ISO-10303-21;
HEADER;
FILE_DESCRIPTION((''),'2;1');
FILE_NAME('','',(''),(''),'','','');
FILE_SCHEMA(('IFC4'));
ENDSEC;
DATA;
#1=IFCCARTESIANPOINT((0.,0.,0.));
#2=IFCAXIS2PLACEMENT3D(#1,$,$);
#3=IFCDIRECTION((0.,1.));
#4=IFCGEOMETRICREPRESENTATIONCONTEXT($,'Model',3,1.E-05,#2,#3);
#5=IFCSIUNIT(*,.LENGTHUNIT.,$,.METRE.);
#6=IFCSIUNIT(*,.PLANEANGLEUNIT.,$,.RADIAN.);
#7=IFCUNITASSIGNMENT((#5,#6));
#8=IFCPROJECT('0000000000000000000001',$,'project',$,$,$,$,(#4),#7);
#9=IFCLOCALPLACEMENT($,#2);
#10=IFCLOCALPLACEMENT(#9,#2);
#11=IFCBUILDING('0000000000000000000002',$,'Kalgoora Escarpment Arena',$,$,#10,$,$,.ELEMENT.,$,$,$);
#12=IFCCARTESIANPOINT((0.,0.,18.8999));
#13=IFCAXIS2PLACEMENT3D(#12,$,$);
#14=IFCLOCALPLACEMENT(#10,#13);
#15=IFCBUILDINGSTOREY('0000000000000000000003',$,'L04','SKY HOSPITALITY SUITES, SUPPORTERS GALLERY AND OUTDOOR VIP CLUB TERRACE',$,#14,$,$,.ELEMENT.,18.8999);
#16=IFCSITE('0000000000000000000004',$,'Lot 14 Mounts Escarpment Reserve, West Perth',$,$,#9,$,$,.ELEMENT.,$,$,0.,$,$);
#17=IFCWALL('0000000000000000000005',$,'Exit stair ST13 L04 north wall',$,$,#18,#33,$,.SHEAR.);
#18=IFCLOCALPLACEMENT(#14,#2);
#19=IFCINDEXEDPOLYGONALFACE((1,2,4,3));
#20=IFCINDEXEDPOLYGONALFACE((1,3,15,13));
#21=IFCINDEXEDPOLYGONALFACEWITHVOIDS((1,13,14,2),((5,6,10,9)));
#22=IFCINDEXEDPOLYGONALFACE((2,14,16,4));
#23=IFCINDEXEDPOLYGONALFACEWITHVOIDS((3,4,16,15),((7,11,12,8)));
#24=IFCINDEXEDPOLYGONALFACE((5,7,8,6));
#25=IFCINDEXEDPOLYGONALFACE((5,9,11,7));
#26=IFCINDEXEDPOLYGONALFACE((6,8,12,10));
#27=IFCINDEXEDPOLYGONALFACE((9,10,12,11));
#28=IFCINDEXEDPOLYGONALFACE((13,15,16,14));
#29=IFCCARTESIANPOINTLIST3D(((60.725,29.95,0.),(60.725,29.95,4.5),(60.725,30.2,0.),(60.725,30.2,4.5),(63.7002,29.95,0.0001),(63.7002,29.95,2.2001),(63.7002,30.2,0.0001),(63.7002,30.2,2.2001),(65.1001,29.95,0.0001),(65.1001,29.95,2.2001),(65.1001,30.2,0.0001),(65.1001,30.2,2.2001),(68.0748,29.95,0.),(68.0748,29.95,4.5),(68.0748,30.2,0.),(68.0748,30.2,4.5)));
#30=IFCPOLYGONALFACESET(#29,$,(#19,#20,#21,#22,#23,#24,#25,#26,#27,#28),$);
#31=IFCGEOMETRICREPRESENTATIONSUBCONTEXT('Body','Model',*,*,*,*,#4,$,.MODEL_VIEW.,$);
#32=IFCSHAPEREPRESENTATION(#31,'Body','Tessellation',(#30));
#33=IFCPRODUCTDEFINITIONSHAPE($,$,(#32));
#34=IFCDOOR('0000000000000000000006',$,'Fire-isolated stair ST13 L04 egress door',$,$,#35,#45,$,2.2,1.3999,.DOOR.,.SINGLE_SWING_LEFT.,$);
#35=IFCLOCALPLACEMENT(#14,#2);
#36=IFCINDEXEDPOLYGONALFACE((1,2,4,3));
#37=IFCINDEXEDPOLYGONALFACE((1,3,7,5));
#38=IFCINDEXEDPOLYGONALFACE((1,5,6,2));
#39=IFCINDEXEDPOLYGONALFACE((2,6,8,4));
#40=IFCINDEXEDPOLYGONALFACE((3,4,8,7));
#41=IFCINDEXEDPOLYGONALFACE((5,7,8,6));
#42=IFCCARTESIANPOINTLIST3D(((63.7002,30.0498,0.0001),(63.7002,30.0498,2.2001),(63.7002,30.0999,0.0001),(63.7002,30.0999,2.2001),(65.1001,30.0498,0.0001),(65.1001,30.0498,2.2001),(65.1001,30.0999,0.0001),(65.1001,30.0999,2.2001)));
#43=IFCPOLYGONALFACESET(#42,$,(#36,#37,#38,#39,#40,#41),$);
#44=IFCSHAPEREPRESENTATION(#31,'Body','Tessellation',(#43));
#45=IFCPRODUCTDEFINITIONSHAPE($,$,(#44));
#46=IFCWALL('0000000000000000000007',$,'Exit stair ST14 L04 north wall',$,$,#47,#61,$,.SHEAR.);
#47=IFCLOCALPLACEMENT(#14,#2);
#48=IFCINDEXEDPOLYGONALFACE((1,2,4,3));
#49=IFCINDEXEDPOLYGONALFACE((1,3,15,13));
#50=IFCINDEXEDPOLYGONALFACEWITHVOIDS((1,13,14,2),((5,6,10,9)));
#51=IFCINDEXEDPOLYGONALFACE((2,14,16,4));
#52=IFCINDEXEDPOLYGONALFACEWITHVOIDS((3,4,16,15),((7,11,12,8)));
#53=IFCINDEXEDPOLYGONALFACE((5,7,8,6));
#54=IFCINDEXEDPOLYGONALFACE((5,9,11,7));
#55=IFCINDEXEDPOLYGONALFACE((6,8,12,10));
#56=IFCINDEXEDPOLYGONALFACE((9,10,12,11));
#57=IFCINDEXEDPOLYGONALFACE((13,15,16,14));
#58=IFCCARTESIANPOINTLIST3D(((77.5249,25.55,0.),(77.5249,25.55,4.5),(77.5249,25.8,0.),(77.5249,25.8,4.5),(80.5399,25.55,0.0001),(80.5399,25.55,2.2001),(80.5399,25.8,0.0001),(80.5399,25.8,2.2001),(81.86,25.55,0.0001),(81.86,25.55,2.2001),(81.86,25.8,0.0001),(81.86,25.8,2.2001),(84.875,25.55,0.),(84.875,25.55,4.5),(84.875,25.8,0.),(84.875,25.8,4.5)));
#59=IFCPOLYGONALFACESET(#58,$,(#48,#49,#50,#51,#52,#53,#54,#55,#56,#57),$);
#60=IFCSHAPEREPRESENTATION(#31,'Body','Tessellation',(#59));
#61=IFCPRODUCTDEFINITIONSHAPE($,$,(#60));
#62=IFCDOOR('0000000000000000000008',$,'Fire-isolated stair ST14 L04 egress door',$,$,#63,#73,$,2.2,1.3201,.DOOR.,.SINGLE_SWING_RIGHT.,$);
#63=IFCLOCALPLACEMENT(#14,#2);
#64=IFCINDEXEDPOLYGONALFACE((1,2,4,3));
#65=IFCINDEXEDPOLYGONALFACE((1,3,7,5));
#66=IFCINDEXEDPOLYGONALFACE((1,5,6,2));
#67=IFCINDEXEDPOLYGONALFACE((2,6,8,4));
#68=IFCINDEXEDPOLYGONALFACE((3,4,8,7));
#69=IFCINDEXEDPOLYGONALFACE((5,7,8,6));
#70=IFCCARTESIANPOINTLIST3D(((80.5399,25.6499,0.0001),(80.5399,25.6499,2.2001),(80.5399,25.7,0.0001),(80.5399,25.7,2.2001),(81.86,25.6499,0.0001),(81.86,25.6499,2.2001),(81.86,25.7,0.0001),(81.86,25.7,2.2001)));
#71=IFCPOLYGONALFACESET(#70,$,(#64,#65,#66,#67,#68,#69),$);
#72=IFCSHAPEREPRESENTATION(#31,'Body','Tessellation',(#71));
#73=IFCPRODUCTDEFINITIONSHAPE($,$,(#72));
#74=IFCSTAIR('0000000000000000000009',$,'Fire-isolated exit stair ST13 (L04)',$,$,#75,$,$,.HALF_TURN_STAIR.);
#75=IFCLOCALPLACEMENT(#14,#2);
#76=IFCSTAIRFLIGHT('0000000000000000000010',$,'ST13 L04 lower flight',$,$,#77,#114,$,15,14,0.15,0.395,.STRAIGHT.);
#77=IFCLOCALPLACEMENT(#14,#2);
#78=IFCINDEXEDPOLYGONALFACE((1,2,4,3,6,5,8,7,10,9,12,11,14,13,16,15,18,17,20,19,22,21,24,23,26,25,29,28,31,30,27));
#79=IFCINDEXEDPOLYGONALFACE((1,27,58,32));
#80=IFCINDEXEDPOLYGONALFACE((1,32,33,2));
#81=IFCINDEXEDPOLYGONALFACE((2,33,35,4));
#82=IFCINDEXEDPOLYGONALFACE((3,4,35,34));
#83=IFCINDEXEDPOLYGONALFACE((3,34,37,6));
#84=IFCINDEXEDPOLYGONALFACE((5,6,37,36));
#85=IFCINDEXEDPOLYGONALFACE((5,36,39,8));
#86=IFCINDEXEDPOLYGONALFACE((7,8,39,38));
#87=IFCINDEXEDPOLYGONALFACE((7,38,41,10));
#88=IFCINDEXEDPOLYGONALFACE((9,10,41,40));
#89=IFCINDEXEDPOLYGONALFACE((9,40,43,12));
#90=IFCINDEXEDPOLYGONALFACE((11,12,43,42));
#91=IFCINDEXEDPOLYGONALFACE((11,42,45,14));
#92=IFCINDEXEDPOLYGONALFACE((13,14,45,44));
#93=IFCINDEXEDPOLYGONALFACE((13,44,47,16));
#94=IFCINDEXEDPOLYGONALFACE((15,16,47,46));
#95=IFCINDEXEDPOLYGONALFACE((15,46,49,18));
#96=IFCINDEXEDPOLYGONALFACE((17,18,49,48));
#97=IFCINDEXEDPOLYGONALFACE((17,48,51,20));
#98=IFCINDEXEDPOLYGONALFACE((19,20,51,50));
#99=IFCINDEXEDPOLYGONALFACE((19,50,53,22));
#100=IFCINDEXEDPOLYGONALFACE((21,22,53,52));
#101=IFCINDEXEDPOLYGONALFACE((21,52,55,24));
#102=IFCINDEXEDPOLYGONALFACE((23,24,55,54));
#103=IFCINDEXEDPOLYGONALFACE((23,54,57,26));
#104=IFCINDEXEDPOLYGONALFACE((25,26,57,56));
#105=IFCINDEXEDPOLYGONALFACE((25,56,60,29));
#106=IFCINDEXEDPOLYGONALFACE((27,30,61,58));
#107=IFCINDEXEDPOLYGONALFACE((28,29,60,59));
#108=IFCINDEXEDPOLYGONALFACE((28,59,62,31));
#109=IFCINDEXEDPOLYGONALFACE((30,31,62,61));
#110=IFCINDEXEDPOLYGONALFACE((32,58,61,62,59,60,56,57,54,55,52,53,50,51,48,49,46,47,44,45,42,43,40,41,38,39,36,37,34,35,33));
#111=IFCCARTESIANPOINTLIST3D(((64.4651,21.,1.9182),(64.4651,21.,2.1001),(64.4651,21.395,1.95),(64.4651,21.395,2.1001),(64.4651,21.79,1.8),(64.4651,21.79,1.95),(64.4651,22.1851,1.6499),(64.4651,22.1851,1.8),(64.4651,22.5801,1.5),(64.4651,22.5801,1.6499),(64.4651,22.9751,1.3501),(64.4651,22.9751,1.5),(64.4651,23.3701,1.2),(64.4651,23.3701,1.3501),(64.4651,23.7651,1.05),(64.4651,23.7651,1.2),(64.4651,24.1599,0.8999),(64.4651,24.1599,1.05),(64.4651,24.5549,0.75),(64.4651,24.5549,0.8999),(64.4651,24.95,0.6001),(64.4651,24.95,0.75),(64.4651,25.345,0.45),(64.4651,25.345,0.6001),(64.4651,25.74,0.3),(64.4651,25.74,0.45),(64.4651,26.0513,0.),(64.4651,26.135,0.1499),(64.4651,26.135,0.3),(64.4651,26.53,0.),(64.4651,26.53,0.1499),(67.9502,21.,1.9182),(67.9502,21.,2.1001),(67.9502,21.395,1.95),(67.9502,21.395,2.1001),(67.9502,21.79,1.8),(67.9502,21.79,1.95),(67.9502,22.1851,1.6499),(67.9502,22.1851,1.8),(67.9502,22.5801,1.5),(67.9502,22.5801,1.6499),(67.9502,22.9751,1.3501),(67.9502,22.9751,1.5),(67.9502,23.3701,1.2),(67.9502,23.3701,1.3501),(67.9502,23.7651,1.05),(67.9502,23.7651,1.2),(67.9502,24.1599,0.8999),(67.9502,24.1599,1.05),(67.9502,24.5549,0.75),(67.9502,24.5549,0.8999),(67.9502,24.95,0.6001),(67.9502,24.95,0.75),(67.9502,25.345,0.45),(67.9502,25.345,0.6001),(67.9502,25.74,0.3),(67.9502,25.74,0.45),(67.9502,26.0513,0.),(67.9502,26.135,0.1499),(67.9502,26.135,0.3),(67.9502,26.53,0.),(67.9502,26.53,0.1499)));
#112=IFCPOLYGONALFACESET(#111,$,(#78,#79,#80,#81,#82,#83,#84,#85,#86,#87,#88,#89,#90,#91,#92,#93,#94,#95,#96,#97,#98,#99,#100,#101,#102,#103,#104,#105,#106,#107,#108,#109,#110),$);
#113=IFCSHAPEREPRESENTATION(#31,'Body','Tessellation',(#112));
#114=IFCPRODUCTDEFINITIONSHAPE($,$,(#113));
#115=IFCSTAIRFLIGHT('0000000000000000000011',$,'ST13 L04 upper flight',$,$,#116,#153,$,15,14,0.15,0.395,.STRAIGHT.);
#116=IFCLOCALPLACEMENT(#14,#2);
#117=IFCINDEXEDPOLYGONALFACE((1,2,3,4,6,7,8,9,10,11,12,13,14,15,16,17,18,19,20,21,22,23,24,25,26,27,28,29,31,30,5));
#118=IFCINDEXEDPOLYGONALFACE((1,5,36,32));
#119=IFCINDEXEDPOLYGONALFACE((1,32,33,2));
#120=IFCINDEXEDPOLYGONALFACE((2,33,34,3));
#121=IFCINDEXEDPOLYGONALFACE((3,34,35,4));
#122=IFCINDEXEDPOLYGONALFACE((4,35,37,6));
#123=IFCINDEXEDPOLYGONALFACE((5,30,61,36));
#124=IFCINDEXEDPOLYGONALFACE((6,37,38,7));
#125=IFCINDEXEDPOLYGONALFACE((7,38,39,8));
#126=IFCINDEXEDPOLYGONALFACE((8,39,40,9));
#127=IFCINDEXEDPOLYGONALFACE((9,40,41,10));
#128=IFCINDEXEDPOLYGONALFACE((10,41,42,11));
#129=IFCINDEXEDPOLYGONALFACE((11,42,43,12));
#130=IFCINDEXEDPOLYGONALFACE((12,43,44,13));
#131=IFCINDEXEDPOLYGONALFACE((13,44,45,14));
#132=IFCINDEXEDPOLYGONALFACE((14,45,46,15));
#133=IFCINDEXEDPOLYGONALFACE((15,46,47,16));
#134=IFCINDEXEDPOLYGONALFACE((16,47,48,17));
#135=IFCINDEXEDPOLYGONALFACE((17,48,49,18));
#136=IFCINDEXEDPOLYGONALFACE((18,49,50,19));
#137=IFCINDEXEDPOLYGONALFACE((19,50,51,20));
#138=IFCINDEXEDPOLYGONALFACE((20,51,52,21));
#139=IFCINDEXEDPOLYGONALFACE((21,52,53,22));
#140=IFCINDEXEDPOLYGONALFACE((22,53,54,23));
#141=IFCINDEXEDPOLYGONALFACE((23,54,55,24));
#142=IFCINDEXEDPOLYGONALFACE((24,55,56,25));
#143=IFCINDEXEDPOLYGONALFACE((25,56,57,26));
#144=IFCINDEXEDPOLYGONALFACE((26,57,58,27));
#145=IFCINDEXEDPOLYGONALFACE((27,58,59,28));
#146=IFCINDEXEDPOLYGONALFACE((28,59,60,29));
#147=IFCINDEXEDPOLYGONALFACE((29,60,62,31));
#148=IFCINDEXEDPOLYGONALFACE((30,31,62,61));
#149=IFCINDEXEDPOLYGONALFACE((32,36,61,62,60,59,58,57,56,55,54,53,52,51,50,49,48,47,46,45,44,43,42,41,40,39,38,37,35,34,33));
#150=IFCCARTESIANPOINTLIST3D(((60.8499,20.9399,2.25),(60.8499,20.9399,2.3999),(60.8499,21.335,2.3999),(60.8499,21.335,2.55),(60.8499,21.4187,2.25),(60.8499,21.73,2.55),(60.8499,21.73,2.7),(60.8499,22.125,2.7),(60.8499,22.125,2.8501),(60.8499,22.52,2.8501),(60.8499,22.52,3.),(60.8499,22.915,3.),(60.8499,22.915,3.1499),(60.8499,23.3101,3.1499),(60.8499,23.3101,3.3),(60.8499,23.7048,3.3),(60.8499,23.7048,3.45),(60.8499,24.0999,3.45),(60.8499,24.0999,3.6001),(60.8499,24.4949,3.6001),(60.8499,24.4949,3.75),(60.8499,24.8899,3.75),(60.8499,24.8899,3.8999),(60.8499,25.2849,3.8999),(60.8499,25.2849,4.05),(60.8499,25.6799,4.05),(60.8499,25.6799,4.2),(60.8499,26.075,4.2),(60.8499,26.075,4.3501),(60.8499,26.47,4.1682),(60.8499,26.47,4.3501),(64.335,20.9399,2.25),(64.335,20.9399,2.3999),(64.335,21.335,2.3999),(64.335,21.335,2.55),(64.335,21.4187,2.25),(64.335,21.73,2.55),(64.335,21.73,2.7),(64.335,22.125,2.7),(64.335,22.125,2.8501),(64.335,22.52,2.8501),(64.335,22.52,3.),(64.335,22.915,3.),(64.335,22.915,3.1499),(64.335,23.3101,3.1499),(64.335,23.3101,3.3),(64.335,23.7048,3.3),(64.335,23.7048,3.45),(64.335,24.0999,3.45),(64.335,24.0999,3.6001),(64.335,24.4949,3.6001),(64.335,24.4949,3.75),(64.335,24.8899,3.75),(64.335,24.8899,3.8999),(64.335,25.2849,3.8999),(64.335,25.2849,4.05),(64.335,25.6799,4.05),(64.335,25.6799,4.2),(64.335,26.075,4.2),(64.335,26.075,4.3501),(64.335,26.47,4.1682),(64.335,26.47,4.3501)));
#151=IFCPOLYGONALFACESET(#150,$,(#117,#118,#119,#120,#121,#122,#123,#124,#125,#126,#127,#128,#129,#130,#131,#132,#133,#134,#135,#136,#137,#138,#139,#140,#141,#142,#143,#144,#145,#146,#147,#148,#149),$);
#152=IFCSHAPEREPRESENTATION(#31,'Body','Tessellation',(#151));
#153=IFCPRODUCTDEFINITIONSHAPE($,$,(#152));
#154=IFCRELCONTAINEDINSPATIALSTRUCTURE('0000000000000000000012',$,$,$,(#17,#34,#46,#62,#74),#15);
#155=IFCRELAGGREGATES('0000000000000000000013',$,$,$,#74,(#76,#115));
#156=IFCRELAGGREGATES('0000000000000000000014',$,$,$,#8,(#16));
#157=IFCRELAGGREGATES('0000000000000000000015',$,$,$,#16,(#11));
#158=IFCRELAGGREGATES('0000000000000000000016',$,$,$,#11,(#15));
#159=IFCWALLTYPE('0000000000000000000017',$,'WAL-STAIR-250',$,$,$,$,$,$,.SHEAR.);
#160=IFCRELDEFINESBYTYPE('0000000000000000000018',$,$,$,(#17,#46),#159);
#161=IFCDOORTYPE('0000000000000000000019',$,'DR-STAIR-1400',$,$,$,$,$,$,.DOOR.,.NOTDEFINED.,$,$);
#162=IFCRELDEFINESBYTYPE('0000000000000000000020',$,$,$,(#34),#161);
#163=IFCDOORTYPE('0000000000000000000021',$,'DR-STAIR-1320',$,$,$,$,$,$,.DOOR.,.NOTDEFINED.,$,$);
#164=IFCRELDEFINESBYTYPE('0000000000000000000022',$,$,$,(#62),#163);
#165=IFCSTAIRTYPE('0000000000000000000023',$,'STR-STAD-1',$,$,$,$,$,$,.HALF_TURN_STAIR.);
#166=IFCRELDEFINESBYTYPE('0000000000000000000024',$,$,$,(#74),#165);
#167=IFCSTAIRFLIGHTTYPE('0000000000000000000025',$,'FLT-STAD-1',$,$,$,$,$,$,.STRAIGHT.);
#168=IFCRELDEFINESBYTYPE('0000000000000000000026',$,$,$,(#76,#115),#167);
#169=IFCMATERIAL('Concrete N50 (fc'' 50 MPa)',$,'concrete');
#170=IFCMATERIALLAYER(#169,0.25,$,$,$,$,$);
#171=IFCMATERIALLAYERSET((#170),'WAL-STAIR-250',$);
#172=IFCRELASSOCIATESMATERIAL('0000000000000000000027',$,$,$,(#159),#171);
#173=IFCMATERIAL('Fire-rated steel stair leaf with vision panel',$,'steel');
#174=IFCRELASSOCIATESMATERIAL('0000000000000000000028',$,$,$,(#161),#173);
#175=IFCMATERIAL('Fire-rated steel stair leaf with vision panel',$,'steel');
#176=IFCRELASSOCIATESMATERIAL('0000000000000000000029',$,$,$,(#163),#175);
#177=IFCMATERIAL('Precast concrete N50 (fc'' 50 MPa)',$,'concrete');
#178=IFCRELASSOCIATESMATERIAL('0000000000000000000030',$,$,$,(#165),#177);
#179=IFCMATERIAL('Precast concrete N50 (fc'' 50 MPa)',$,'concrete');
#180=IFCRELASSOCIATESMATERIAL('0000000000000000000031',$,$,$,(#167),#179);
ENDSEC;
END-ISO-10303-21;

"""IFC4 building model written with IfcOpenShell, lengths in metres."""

from ifc_helpers import new_model, si_unit, direction, frame, frame_2d, origin, place, context, subcontext, project, spatial, polyline, rectangle, outline, extrude, material, layer, layer_set, type_object, element, fill, aggregate, save


model = new_model("IFC4")

# Units and contexts
model_context = context("Model", 3, precision=1e-05, world=origin(), true_north=direction((0.0, 1.0)))
body_context = subcontext(model_context, "Body", "Model", "MODEL_VIEW")
ifc_project = project(units=[si_unit("LENGTHUNIT", "METRE"), si_unit("PLANEANGLEUNIT", "RADIAN")], contexts=[model_context])

# Site, building, storey
site_placement = place(None, origin())
site = spatial("IfcSite", under=ifc_project, at=site_placement, Name="Lot 14 Mounts Escarpment Reserve, West Perth", CompositionType="ELEMENT", RefElevation=0.0)
building_placement = place(site_placement, origin())
building = spatial("IfcBuilding", under=site, at=building_placement, Name="Kalgoora Escarpment Arena", CompositionType="ELEMENT")
storey_placement = place(building_placement, frame((0.0, 0.0, 18.8999)))
storey = spatial("IfcBuildingStorey", under=building, at=storey_placement, Name="L04", Description="SKY HOSPITALITY SUITES, SUPPORTERS GALLERY AND OUTDOOR VIP CLUB TERRACE", CompositionType="ELEMENT", Elevation=18.8999)

# Walls, openings, doors
ifc_material_1 = material(Name="Concrete N50 (fc' 50 MPa)", Category="concrete")
ifc_layer_1 = layer(ifc_material_1, 0.25)
ifc_layer_set_1 = layer_set([ifc_layer_1], Name="WAL-STAIR-250")
wall_type_1 = type_object("IfcWallType", Name="WAL-STAIR-250", PredefinedType="SHEAR", material=ifc_layer_set_1)
wall_1_placement = place(storey_placement, frame((60.7251, 30.075, 0.0), z_axis=(0.0, 0.0, 1.0), x_axis=(1.0, 0.0, 0.0)))
wall_1 = element("IfcWall", 1, at=wall_1_placement, inside=storey, type_object=wall_type_1, Name="Exit stair ST13 L04 north wall", PredefinedType="SHEAR", context=body_context, shape_type="SweptSolid", body=[
    extrude(rectangle(XDim=7.3499, YDim=0.25, at=frame_2d((3.6748, 0.0))), origin(), (0.0, 0.0, 1.0), 4.5),
])
opening_1_placement = place(wall_1_placement, frame((2.9751, 0.0, 0.0)))
opening_1 = element("IfcOpeningElement", 2, at=opening_1_placement, cuts=wall_1, PredefinedType="OPENING", context=body_context, shape_type="SweptSolid", body=[
    extrude(rectangle(XDim=1.3999, YDim=2.2, at=frame_2d((0.7, 1.1001))), frame((0.0, 0.135, 0.0), z_axis=(0.0, -1.0, 0.0), x_axis=(1.0, 0.0, 0.0)), (0.0, 0.0, 1.0), 0.27),
])
ifc_material_2 = material(Name="Fire-rated steel stair leaf with vision panel", Category="steel")
door_type_1 = type_object("IfcDoorType", Name="DR-STAIR-1400", OperationType="NOTDEFINED", PredefinedType="DOOR", material=ifc_material_2)
door_1_placement = place(opening_1_placement, origin())
door_1 = element("IfcDoor", 3, at=door_1_placement, inside=storey, type_object=door_type_1, Name="Fire-isolated stair ST13 L04 egress door", OperationType="SINGLE_SWING_LEFT", OverallHeight=2.2, OverallWidth=1.3999, PredefinedType="DOOR", context=body_context, shape_type="SweptSolid", body=[
    extrude(rectangle(XDim=1.3999, YDim=2.2, at=frame_2d((0.7, 1.1001))), frame((0.0, 0.0249, 0.0), z_axis=(0.0, -1.0, 0.0), x_axis=(1.0, 0.0, 0.0)), (0.0, 0.0, 1.0), 0.05),
])
fill(opening_1, door_1)
wall_2_placement = place(storey_placement, frame((77.5249, 25.675, 0.0), z_axis=(0.0, 0.0, 1.0), x_axis=(1.0, 0.0, 0.0)))
wall_2 = element("IfcWall", 4, at=wall_2_placement, inside=storey, type_object=wall_type_1, Name="Exit stair ST14 L04 north wall", PredefinedType="SHEAR", context=body_context, shape_type="SweptSolid", body=[
    extrude(rectangle(XDim=7.3501, YDim=0.25, at=frame_2d((3.675, 0.0))), origin(), (0.0, 0.0, 1.0), 4.5),
])
opening_2_placement = place(wall_2_placement, frame((3.0149, 0.0, 0.0)))
opening_2 = element("IfcOpeningElement", 5, at=opening_2_placement, cuts=wall_2, PredefinedType="OPENING", context=body_context, shape_type="SweptSolid", body=[
    extrude(rectangle(XDim=1.3201, YDim=2.2, at=frame_2d((0.6602, 1.1001))), frame((0.0, 0.135, 0.0), z_axis=(0.0, -1.0, 0.0), x_axis=(1.0, 0.0, 0.0)), (0.0, 0.0, 1.0), 0.27),
])
ifc_material_3 = material(Name="Fire-rated steel stair leaf with vision panel", Category="steel")
door_type_2 = type_object("IfcDoorType", Name="DR-STAIR-1320", OperationType="NOTDEFINED", PredefinedType="DOOR", material=ifc_material_3)
door_2_placement = place(opening_2_placement, origin())
door_2 = element("IfcDoor", 6, at=door_2_placement, inside=storey, type_object=door_type_2, Name="Fire-isolated stair ST14 L04 egress door", OperationType="SINGLE_SWING_RIGHT", OverallHeight=2.2, OverallWidth=1.3201, PredefinedType="DOOR", context=body_context, shape_type="SweptSolid", body=[
    extrude(rectangle(XDim=1.3201, YDim=2.2, at=frame_2d((0.6602, 1.1001))), frame((0.0, 0.0249, 0.0), z_axis=(0.0, -1.0, 0.0), x_axis=(1.0, 0.0, 0.0)), (0.0, 0.0, 1.0), 0.05),
])
fill(opening_2, door_2)

# Stair, stair flights
ifc_material_4 = material(Name="Precast concrete N50 (fc' 50 MPa)", Category="concrete")
stair_type_1 = type_object("IfcStairType", Name="STR-STAD-1", PredefinedType="HALF_TURN_STAIR", material=ifc_material_4)
stair_1_placement = place(storey_placement, origin())
stair_1 = element("IfcStair", 7, at=stair_1_placement, inside=storey, type_object=stair_type_1, Name="Fire-isolated exit stair ST13 (L04)", PredefinedType="HALF_TURN_STAIR")
ifc_material_5 = material(Name="Precast concrete N50 (fc' 50 MPa)", Category="concrete")
stair_flight_type_1 = type_object("IfcStairFlightType", Name="FLT-STAD-1", PredefinedType="STRAIGHT", material=ifc_material_5)
stair_flight_1_placement = place(storey_placement, frame((66.2075, 26.53, 0.0), z_axis=(0.0, 0.0, 1.0), x_axis=(0.0, -1.0, 0.0)))
stair_flight_1 = element("IfcStairFlight", 8, at=stair_flight_1_placement, type_object=stair_flight_type_1, Name="ST13 L04 lower flight", NumberOfRisers=15, NumberOfTreads=14, PredefinedType="STRAIGHT", RiserHeight=0.15, TreadLength=0.395, context=body_context, shape_type="SweptSolid", body=[
    extrude(outline(polyline([(0.0, 0.0), (0.0, 0.1499), (0.395, 0.1499), (0.395, 0.3), (0.79, 0.3), (0.79, 0.45), (1.1851, 0.45), (1.1851, 0.6001), (1.5801, 0.6001), (1.5801, 0.75), (1.9751, 0.75), (1.9751, 0.8999), (2.3701, 0.8999), (2.3701, 1.05), (2.7649, 1.05), (2.7649, 1.2), (3.1599, 1.2), (3.1599, 1.3501), (3.5549, 1.3501), (3.5549, 1.5), (3.95, 1.5), (3.95, 1.6499), (4.345, 1.6499), (4.345, 1.8), (4.74, 1.8), (4.74, 1.95), (5.135, 1.95), (5.135, 2.1001), (5.53, 2.1001), (5.53, 2.25), (5.53, 1.9182), (0.4788, 0.0), (0.0, 0.0)])), frame((0.0, 1.7427, 0.0), z_axis=(0.0, -1.0, 0.0), x_axis=(1.0, 0.0, 0.0)), (0.0, 0.0, 1.0), 3.4851),
])
stair_flight_2_placement = place(storey_placement, frame((62.5925, 20.9399, 2.25), z_axis=(0.0, 0.0, 1.0), x_axis=(0.0, 1.0, 0.0)))
stair_flight_2 = element("IfcStairFlight", 9, at=stair_flight_2_placement, type_object=stair_flight_type_1, Name="ST13 L04 upper flight", NumberOfRisers=15, NumberOfTreads=14, PredefinedType="STRAIGHT", RiserHeight=0.15, TreadLength=0.395, context=body_context, shape_type="SweptSolid", body=[
    extrude(outline(polyline([(0.0, 0.0), (0.0, 0.1499), (0.395, 0.1499), (0.395, 0.3), (0.79, 0.3), (0.79, 0.45), (1.1851, 0.45), (1.1851, 0.6001), (1.5801, 0.6001), (1.5801, 0.75), (1.9751, 0.75), (1.9751, 0.8999), (2.3701, 0.8999), (2.3701, 1.05), (2.7649, 1.05), (2.7649, 1.2), (3.1599, 1.2), (3.1599, 1.3501), (3.5549, 1.3501), (3.5549, 1.5), (3.95, 1.5), (3.95, 1.6499), (4.345, 1.6499), (4.345, 1.8), (4.74, 1.8), (4.74, 1.95), (5.135, 1.95), (5.135, 2.1001), (5.53, 2.1001), (5.53, 2.25), (5.53, 1.9182), (0.4788, 0.0), (0.0, 0.0)])), frame((0.0, 1.7427, 0.0), z_axis=(0.0, -1.0, 0.0), x_axis=(1.0, 0.0, 0.0)), (0.0, 0.0, 1.0), 3.4851),
])
aggregate(stair_1, [stair_flight_1, stair_flight_2])

save(model, "model.ifc")
